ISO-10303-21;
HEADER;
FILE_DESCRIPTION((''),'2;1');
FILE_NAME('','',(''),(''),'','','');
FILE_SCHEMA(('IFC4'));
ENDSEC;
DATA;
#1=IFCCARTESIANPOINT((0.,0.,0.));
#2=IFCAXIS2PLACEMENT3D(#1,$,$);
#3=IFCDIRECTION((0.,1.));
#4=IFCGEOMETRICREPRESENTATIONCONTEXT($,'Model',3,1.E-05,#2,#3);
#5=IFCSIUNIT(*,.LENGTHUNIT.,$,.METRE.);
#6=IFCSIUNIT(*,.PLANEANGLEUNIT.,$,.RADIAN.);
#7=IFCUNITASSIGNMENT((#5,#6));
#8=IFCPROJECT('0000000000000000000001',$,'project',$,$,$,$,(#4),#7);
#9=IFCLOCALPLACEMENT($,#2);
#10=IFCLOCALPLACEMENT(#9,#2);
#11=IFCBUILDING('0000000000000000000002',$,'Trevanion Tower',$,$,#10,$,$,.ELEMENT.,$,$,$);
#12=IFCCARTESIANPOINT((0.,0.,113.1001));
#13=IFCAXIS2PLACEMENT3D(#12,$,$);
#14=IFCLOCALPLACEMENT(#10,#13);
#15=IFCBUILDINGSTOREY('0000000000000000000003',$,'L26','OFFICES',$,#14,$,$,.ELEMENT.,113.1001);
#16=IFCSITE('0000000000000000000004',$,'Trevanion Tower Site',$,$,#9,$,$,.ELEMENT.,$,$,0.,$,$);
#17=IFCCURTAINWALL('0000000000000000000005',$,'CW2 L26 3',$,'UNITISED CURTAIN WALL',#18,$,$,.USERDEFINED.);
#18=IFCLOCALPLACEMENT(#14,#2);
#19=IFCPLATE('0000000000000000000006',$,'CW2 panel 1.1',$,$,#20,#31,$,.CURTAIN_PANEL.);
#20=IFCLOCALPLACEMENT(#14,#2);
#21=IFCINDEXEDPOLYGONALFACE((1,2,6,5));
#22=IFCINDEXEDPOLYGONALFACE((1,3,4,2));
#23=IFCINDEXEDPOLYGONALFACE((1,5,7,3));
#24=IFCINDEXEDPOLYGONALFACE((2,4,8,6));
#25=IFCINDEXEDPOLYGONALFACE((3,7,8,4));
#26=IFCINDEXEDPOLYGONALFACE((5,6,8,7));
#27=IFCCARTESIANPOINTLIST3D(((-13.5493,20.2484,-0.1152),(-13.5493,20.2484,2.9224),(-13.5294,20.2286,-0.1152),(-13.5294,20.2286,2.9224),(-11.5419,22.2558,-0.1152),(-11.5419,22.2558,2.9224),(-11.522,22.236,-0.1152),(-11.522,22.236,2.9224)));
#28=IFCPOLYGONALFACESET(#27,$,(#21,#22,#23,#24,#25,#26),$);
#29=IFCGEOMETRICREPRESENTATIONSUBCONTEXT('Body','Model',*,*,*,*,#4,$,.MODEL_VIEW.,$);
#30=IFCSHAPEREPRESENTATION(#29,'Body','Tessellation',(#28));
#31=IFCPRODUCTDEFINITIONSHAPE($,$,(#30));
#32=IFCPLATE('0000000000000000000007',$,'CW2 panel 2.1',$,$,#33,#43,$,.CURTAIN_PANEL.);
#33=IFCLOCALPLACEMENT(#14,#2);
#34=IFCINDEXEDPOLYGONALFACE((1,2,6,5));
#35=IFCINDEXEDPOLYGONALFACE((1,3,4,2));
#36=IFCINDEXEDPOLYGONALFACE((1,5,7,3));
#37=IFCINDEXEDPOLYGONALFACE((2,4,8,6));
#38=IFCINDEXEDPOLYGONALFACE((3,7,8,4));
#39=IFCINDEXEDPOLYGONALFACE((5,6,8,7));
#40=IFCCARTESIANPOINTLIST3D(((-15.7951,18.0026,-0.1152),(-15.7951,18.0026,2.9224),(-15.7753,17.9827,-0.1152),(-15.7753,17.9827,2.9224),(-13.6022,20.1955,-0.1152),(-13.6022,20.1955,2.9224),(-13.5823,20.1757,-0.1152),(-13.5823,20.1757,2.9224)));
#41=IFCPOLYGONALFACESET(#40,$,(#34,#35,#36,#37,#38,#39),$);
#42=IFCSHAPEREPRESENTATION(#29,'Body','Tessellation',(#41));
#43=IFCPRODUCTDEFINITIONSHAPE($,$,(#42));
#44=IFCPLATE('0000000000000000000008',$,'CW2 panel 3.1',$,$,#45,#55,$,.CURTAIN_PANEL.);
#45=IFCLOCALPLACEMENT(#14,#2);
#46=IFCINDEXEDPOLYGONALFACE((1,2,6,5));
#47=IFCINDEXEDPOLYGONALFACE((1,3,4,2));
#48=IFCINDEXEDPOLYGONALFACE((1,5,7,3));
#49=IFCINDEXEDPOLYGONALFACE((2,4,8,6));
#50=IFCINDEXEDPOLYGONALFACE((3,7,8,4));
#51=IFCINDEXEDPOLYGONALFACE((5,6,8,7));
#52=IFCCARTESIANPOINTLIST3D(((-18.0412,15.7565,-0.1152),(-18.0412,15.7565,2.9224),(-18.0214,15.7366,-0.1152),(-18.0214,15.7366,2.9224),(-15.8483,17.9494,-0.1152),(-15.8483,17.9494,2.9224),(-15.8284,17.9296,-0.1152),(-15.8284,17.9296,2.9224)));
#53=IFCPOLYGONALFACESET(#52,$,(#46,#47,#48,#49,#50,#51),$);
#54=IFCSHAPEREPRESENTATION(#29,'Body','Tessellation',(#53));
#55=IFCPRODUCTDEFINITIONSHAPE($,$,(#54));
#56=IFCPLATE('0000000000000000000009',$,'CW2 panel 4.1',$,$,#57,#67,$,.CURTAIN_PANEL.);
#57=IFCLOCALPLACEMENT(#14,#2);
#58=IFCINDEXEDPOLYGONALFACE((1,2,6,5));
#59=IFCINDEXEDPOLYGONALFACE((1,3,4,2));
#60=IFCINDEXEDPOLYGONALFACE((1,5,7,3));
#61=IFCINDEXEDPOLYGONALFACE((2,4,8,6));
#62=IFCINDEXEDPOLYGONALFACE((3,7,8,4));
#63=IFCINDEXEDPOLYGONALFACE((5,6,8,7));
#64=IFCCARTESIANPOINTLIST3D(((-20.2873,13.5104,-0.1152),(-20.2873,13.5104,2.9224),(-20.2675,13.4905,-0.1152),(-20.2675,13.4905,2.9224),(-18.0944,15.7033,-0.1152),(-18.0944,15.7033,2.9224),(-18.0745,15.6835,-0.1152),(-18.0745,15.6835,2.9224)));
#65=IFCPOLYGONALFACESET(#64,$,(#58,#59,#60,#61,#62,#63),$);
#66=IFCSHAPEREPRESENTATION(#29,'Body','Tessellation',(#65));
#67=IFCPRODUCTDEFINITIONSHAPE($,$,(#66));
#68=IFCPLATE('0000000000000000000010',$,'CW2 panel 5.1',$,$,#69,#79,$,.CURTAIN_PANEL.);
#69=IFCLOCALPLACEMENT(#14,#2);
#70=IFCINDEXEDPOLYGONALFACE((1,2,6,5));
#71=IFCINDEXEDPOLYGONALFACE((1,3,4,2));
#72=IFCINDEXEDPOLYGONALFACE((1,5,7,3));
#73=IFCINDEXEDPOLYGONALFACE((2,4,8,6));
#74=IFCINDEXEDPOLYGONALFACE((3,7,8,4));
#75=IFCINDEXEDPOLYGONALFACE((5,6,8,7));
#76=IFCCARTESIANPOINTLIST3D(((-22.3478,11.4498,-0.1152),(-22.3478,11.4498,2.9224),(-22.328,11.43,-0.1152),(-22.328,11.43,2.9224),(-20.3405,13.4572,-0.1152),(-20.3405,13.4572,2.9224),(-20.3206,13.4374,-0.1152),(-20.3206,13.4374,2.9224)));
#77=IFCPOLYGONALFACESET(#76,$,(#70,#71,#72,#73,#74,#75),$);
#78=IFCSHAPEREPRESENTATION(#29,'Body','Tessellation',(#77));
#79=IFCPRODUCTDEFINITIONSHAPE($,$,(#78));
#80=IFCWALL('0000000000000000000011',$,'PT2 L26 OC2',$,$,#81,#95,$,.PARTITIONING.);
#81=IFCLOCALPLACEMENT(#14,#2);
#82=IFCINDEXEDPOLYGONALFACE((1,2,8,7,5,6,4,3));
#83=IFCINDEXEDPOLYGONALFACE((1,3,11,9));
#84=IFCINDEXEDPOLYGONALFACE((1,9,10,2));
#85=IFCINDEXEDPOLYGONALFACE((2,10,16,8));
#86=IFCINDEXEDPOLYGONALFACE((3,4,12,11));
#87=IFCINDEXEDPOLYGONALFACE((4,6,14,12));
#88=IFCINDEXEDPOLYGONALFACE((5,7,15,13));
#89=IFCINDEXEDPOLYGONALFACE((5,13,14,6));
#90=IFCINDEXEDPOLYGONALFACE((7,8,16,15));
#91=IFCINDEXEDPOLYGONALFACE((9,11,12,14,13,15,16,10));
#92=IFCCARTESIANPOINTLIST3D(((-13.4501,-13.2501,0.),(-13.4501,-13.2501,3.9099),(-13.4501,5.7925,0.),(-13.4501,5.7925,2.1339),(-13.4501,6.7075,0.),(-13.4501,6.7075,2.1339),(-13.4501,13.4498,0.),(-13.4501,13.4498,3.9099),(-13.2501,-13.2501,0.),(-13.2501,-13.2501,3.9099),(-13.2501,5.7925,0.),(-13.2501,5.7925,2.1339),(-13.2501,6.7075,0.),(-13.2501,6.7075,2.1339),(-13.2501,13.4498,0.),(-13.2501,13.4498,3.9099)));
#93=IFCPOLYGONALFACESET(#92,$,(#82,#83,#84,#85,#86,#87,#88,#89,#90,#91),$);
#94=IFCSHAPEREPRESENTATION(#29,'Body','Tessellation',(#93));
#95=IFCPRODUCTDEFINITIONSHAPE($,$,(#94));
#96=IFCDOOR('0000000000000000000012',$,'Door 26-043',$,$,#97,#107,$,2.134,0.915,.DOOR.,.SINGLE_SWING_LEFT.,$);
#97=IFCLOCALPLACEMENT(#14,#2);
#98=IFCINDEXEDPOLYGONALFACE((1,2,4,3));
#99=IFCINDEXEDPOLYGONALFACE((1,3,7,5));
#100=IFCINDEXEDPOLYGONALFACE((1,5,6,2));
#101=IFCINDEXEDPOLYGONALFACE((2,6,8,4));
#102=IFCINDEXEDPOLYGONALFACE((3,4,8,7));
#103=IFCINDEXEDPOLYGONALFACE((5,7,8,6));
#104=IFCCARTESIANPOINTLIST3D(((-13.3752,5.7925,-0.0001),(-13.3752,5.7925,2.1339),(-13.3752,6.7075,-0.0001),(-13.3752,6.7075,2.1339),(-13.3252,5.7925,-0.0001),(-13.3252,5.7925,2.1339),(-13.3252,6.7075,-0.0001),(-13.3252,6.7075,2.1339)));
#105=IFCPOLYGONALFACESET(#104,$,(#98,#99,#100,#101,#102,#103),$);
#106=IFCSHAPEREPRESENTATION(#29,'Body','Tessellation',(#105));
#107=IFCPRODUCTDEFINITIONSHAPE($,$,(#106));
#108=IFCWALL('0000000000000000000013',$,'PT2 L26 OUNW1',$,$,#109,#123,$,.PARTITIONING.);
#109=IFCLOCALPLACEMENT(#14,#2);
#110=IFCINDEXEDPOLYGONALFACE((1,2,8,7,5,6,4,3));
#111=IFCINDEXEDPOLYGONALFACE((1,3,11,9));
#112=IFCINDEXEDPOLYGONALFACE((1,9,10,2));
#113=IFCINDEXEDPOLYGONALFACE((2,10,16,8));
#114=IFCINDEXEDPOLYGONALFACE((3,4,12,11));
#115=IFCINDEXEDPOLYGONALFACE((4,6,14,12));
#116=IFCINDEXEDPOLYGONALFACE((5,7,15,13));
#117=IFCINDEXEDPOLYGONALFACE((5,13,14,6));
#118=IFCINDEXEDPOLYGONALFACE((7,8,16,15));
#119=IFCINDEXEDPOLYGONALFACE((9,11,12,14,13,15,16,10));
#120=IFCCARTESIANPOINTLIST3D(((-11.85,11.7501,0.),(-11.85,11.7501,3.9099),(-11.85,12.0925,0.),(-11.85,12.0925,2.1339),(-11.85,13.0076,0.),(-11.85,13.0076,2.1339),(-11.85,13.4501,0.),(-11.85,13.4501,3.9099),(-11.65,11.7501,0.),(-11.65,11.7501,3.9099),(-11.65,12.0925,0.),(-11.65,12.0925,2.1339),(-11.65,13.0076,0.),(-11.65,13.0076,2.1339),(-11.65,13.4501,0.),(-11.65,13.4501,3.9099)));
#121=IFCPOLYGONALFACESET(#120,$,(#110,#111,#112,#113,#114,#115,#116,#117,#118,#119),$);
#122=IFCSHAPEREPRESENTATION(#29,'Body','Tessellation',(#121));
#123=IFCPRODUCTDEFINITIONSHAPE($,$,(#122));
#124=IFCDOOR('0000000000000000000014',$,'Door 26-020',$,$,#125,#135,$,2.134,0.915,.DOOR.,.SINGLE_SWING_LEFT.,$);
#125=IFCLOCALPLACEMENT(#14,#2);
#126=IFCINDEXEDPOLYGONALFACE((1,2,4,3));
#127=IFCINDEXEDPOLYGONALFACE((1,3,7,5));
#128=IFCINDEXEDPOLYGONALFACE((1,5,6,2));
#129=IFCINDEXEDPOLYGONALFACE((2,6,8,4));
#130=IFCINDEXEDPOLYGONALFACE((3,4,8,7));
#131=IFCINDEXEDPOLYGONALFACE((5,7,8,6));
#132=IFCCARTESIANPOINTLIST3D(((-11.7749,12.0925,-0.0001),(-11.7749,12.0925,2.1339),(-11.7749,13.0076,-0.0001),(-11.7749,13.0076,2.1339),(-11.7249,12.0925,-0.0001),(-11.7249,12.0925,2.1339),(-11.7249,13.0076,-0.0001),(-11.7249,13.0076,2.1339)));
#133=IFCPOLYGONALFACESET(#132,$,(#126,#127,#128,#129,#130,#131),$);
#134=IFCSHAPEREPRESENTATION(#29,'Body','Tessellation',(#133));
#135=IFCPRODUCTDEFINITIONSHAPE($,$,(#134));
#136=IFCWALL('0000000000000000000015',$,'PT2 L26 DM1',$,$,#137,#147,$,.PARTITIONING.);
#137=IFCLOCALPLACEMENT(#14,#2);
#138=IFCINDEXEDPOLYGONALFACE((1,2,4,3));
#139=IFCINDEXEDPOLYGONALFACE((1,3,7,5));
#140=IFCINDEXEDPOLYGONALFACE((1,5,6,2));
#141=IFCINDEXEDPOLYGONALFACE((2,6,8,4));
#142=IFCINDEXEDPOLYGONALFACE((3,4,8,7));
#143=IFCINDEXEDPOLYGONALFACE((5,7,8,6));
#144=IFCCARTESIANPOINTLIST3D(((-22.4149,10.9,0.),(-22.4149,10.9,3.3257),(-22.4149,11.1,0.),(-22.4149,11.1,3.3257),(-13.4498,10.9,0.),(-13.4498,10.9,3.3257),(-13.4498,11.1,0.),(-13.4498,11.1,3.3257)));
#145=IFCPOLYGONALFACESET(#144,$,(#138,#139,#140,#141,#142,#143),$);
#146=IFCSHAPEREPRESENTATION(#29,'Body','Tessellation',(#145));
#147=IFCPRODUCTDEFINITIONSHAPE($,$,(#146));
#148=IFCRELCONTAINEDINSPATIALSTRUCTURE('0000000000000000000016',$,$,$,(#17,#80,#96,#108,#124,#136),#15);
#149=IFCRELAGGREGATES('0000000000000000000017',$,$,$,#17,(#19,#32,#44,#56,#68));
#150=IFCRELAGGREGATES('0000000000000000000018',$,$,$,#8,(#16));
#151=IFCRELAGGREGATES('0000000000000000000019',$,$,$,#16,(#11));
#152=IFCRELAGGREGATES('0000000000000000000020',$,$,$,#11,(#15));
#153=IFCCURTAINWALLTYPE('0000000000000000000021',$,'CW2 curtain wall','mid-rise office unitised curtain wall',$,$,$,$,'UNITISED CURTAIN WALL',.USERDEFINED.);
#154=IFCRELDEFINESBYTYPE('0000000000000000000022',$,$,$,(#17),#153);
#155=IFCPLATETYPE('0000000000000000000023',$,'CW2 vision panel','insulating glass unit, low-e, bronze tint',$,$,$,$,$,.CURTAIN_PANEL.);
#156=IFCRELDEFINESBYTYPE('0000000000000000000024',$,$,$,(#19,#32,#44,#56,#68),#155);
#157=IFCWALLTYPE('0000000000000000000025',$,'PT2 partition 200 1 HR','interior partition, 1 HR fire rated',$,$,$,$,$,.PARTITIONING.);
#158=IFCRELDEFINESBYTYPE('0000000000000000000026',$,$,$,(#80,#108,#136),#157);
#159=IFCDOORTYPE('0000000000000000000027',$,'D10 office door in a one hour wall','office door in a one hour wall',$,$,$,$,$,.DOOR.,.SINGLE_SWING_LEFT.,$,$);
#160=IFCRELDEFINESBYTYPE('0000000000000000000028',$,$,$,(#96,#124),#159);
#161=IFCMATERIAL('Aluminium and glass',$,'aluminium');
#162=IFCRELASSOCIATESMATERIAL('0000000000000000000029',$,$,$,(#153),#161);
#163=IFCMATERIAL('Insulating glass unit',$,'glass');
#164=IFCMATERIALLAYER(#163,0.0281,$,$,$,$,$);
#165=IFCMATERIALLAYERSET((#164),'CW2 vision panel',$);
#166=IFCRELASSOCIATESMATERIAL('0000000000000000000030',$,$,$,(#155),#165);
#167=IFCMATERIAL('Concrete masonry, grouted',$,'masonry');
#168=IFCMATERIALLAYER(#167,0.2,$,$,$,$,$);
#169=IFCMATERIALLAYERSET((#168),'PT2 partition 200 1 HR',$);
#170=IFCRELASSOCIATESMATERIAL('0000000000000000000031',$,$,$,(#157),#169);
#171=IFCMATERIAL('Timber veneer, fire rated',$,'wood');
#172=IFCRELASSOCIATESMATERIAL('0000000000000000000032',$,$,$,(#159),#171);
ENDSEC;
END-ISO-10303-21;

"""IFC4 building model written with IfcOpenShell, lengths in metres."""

from ifc_helpers import new_model, si_unit, direction, frame, frame_2d, origin, origin_2d, place, context, subcontext, project, spatial, rectangle, extrude, material, layer, layer_set, type_object, element, fill, aggregate, save


model = new_model("IFC4")

# Units and contexts
model_context = context("Model", 3, precision=1e-05, world=origin(), true_north=direction((0.0, 1.0)))
body_context = subcontext(model_context, "Body", "Model", "MODEL_VIEW")
ifc_project = project(units=[si_unit("LENGTHUNIT", "METRE"), si_unit("PLANEANGLEUNIT", "RADIAN")], contexts=[model_context])

# Site, building, storey
site_placement = place(None, origin())
site = spatial("IfcSite", under=ifc_project, at=site_placement, Name="Trevanion Tower Site", CompositionType="ELEMENT", RefElevation=0.0)
building_placement = place(site_placement, origin())
building = spatial("IfcBuilding", under=site, at=building_placement, Name="Trevanion Tower", CompositionType="ELEMENT")
storey_placement = place(building_placement, frame((0.0, 0.0, 113.1001)))
storey = spatial("IfcBuildingStorey", under=building, at=storey_placement, Name="L26", Description="OFFICES", CompositionType="ELEMENT", Elevation=113.1001)

# Curtain wall
ifc_material_1 = material(Name="Aluminium and glass", Category="aluminium")
curtain_wall_type = type_object("IfcCurtainWallType", Name="CW2 curtain wall", Description="mid-rise office unitised curtain wall", ElementType="UNITISED CURTAIN WALL", PredefinedType="USERDEFINED", material=ifc_material_1)
curtain_wall_placement = place(storey_placement, origin())
curtain_wall = element("IfcCurtainWall", 1, at=curtain_wall_placement, inside=storey, type_object=curtain_wall_type, Name="CW2 L26 3", ObjectType="UNITISED CURTAIN WALL", PredefinedType="USERDEFINED")

# Plates
ifc_material_2 = material(Name="Insulating glass unit", Category="glass")
ifc_layer_1 = layer(ifc_material_2, 0.0281)
ifc_layer_set_1 = layer_set([ifc_layer_1], Name="CW2 vision panel")
plate_type_1 = type_object("IfcPlateType", Name="CW2 vision panel", Description="insulating glass unit, low-e, bronze tint", PredefinedType="CURTAIN_PANEL", material=ifc_layer_set_1)
plate_1_placement = place(storey_placement, frame((-12.5356, 21.2422, -0.1152), z_axis=(0.0, 0.0, 1.0), x_axis=(-0.707107, -0.707107, 0.0)))
plate_1 = element("IfcPlate", 2, at=plate_1_placement, type_object=plate_type_1, Name="CW2 panel 1.1", PredefinedType="CURTAIN_PANEL", context=body_context, shape_type="SweptSolid", body=[
    extrude(rectangle(XDim=2.8389, YDim=0.0281, at=origin_2d()), origin(), (0.0, 0.0, 1.0), 3.0376),
])
plate_2_placement = place(storey_placement, frame((-14.6887, 19.0891, -0.1152), z_axis=(0.0, 0.0, 1.0), x_axis=(-0.707107, -0.707107, 0.0)))
plate_2 = element("IfcPlate", 3, at=plate_2_placement, type_object=plate_type_1, Name="CW2 panel 2.1", PredefinedType="CURTAIN_PANEL", context=body_context, shape_type="SweptSolid", body=[
    extrude(rectangle(XDim=3.1013, YDim=0.0281, at=origin_2d()), origin(), (0.0, 0.0, 1.0), 3.0376),
])
plate_3_placement = place(storey_placement, frame((-16.9348, 16.843, -0.1152), z_axis=(0.0, 0.0, 1.0), x_axis=(-0.707107, -0.707107, 0.0)))
plate_3 = element("IfcPlate", 4, at=plate_3_placement, type_object=plate_type_1, Name="CW2 panel 3.1", PredefinedType="CURTAIN_PANEL", context=body_context, shape_type="SweptSolid", body=[
    extrude(rectangle(XDim=3.1013, YDim=0.0281, at=origin_2d()), origin(), (0.0, 0.0, 1.0), 3.0376),
])
plate_4_placement = place(storey_placement, frame((-19.1809, 14.5969, -0.1152), z_axis=(0.0, 0.0, 1.0), x_axis=(-0.707107, -0.707107, 0.0)))
plate_4 = element("IfcPlate", 5, at=plate_4_placement, type_object=plate_type_1, Name="CW2 panel 4.1", PredefinedType="CURTAIN_PANEL", context=body_context, shape_type="SweptSolid", body=[
    extrude(rectangle(XDim=3.1013, YDim=0.0281, at=origin_2d()), origin(), (0.0, 0.0, 1.0), 3.0376),
])
plate_5_placement = place(storey_placement, frame((-21.3342, 12.4436, -0.1152), z_axis=(0.0, 0.0, 1.0), x_axis=(-0.707107, -0.707107, 0.0)))
plate_5 = element("IfcPlate", 6, at=plate_5_placement, type_object=plate_type_1, Name="CW2 panel 5.1", PredefinedType="CURTAIN_PANEL", context=body_context, shape_type="SweptSolid", body=[
    extrude(rectangle(XDim=2.8389, YDim=0.0281, at=origin_2d()), origin(), (0.0, 0.0, 1.0), 3.0376),
])
aggregate(curtain_wall, [plate_1, plate_2, plate_3, plate_4, plate_5])

# Walls, openings, doors
ifc_material_3 = material(Name="Concrete masonry, grouted", Category="masonry")
ifc_layer_2 = layer(ifc_material_3, 0.2)
ifc_layer_set_2 = layer_set([ifc_layer_2], Name="PT2 partition 200 1 HR")
wall_type = type_object("IfcWallType", Name="PT2 partition 200 1 HR", Description="interior partition, 1 HR fire rated", PredefinedType="PARTITIONING", material=ifc_layer_set_2)
wall_1_placement = place(storey_placement, frame((-13.3501, 13.45, 0.0), z_axis=(0.0, 0.0, 1.0), x_axis=(0.0, -1.0, 0.0)))
wall_1 = element("IfcWall", 7, at=wall_1_placement, inside=storey, type_object=wall_type, Name="PT2 L26 OC2", PredefinedType="PARTITIONING", context=body_context, shape_type="SweptSolid", body=[
    extrude(rectangle(XDim=26.7, YDim=0.2, at=frame_2d((13.3501, 0.0))), origin(), (0.0, 0.0, 1.0), 3.9099),
])
opening_1_placement = place(wall_1_placement, frame((6.7424, 0.0, 0.0)))
opening_1 = element("IfcOpeningElement", 8, at=opening_1_placement, cuts=wall_1, PredefinedType="OPENING", context=body_context, shape_type="SweptSolid", body=[
    extrude(rectangle(XDim=0.915, YDim=2.134, at=frame_2d((0.4575, 1.0669))), frame((0.0, 0.1099, 0.0), z_axis=(0.0, -1.0, 0.0), x_axis=(1.0, 0.0, 0.0)), (0.0, 0.0, 1.0), 0.22),
])
ifc_material_4 = material(Name="Timber veneer, fire rated", Category="wood")
door_type = type_object("IfcDoorType", Name="D10 office door in a one hour wall", Description="office door in a one hour wall", OperationType="SINGLE_SWING_LEFT", PredefinedType="DOOR", material=ifc_material_4)
door_1_placement = place(opening_1_placement, origin())
door_1 = element("IfcDoor", 9, at=door_1_placement, inside=storey, type_object=door_type, Name="Door 26-043", OperationType="SINGLE_SWING_LEFT", OverallHeight=2.134, OverallWidth=0.915, PredefinedType="DOOR", context=body_context, shape_type="SweptSolid", body=[
    extrude(rectangle(XDim=0.915, YDim=2.134, at=frame_2d((0.4575, 1.0669))), frame((0.0, 0.0249, 0.0), z_axis=(0.0, -1.0, 0.0), x_axis=(1.0, 0.0, 0.0)), (0.0, 0.0, 1.0), 0.05),
])
fill(opening_1, door_1)
wall_2_placement = place(storey_placement, frame((-11.75, 11.75, 0.0), z_axis=(0.0, 0.0, 1.0), x_axis=(0.0, 1.0, 0.0)))
wall_2 = element("IfcWall", 10, at=wall_2_placement, inside=storey, type_object=wall_type, Name="PT2 L26 OUNW1", PredefinedType="PARTITIONING", context=body_context, shape_type="SweptSolid", body=[
    extrude(rectangle(XDim=1.7, YDim=0.2, at=frame_2d((0.8501, 0.0))), origin(), (0.0, 0.0, 1.0), 3.9099),
])
opening_2_placement = place(wall_2_placement, frame((0.3425, 0.0, 0.0)))
opening_2 = element("IfcOpeningElement", 11, at=opening_2_placement, cuts=wall_2, PredefinedType="OPENING", context=body_context, shape_type="SweptSolid", body=[
    extrude(rectangle(XDim=0.915, YDim=2.134, at=frame_2d((0.4575, 1.0669))), frame((0.0, 0.1099, 0.0), z_axis=(0.0, -1.0, 0.0), x_axis=(1.0, 0.0, 0.0)), (0.0, 0.0, 1.0), 0.22),
])
door_2_placement = place(opening_2_placement, origin())
door_2 = element("IfcDoor", 12, at=door_2_placement, inside=storey, type_object=door_type, Name="Door 26-020", OperationType="SINGLE_SWING_LEFT", OverallHeight=2.134, OverallWidth=0.915, PredefinedType="DOOR", context=body_context, shape_type="SweptSolid", body=[
    extrude(rectangle(XDim=0.915, YDim=2.134, at=frame_2d((0.4575, 1.0669))), frame((0.0, 0.0249, 0.0), z_axis=(0.0, -1.0, 0.0), x_axis=(1.0, 0.0, 0.0)), (0.0, 0.0, 1.0), 0.05),
])
fill(opening_2, door_2)

# Wall
wall_3_placement = place(storey_placement, frame((-13.45, 11.0, 0.0), z_axis=(0.0, 0.0, 1.0), x_axis=(-1.0, 0.0, 0.0)))
element("IfcWall", 13, at=wall_3_placement, inside=storey, type_object=wall_type, Name="PT2 L26 DM1", PredefinedType="PARTITIONING", context=body_context, shape_type="SweptSolid", body=[
    extrude(rectangle(XDim=8.9651, YDim=0.2, at=frame_2d((4.4824, 0.0))), origin(), (0.0, 0.0, 1.0), 3.3257),
])

save(model, "model.ifc")
